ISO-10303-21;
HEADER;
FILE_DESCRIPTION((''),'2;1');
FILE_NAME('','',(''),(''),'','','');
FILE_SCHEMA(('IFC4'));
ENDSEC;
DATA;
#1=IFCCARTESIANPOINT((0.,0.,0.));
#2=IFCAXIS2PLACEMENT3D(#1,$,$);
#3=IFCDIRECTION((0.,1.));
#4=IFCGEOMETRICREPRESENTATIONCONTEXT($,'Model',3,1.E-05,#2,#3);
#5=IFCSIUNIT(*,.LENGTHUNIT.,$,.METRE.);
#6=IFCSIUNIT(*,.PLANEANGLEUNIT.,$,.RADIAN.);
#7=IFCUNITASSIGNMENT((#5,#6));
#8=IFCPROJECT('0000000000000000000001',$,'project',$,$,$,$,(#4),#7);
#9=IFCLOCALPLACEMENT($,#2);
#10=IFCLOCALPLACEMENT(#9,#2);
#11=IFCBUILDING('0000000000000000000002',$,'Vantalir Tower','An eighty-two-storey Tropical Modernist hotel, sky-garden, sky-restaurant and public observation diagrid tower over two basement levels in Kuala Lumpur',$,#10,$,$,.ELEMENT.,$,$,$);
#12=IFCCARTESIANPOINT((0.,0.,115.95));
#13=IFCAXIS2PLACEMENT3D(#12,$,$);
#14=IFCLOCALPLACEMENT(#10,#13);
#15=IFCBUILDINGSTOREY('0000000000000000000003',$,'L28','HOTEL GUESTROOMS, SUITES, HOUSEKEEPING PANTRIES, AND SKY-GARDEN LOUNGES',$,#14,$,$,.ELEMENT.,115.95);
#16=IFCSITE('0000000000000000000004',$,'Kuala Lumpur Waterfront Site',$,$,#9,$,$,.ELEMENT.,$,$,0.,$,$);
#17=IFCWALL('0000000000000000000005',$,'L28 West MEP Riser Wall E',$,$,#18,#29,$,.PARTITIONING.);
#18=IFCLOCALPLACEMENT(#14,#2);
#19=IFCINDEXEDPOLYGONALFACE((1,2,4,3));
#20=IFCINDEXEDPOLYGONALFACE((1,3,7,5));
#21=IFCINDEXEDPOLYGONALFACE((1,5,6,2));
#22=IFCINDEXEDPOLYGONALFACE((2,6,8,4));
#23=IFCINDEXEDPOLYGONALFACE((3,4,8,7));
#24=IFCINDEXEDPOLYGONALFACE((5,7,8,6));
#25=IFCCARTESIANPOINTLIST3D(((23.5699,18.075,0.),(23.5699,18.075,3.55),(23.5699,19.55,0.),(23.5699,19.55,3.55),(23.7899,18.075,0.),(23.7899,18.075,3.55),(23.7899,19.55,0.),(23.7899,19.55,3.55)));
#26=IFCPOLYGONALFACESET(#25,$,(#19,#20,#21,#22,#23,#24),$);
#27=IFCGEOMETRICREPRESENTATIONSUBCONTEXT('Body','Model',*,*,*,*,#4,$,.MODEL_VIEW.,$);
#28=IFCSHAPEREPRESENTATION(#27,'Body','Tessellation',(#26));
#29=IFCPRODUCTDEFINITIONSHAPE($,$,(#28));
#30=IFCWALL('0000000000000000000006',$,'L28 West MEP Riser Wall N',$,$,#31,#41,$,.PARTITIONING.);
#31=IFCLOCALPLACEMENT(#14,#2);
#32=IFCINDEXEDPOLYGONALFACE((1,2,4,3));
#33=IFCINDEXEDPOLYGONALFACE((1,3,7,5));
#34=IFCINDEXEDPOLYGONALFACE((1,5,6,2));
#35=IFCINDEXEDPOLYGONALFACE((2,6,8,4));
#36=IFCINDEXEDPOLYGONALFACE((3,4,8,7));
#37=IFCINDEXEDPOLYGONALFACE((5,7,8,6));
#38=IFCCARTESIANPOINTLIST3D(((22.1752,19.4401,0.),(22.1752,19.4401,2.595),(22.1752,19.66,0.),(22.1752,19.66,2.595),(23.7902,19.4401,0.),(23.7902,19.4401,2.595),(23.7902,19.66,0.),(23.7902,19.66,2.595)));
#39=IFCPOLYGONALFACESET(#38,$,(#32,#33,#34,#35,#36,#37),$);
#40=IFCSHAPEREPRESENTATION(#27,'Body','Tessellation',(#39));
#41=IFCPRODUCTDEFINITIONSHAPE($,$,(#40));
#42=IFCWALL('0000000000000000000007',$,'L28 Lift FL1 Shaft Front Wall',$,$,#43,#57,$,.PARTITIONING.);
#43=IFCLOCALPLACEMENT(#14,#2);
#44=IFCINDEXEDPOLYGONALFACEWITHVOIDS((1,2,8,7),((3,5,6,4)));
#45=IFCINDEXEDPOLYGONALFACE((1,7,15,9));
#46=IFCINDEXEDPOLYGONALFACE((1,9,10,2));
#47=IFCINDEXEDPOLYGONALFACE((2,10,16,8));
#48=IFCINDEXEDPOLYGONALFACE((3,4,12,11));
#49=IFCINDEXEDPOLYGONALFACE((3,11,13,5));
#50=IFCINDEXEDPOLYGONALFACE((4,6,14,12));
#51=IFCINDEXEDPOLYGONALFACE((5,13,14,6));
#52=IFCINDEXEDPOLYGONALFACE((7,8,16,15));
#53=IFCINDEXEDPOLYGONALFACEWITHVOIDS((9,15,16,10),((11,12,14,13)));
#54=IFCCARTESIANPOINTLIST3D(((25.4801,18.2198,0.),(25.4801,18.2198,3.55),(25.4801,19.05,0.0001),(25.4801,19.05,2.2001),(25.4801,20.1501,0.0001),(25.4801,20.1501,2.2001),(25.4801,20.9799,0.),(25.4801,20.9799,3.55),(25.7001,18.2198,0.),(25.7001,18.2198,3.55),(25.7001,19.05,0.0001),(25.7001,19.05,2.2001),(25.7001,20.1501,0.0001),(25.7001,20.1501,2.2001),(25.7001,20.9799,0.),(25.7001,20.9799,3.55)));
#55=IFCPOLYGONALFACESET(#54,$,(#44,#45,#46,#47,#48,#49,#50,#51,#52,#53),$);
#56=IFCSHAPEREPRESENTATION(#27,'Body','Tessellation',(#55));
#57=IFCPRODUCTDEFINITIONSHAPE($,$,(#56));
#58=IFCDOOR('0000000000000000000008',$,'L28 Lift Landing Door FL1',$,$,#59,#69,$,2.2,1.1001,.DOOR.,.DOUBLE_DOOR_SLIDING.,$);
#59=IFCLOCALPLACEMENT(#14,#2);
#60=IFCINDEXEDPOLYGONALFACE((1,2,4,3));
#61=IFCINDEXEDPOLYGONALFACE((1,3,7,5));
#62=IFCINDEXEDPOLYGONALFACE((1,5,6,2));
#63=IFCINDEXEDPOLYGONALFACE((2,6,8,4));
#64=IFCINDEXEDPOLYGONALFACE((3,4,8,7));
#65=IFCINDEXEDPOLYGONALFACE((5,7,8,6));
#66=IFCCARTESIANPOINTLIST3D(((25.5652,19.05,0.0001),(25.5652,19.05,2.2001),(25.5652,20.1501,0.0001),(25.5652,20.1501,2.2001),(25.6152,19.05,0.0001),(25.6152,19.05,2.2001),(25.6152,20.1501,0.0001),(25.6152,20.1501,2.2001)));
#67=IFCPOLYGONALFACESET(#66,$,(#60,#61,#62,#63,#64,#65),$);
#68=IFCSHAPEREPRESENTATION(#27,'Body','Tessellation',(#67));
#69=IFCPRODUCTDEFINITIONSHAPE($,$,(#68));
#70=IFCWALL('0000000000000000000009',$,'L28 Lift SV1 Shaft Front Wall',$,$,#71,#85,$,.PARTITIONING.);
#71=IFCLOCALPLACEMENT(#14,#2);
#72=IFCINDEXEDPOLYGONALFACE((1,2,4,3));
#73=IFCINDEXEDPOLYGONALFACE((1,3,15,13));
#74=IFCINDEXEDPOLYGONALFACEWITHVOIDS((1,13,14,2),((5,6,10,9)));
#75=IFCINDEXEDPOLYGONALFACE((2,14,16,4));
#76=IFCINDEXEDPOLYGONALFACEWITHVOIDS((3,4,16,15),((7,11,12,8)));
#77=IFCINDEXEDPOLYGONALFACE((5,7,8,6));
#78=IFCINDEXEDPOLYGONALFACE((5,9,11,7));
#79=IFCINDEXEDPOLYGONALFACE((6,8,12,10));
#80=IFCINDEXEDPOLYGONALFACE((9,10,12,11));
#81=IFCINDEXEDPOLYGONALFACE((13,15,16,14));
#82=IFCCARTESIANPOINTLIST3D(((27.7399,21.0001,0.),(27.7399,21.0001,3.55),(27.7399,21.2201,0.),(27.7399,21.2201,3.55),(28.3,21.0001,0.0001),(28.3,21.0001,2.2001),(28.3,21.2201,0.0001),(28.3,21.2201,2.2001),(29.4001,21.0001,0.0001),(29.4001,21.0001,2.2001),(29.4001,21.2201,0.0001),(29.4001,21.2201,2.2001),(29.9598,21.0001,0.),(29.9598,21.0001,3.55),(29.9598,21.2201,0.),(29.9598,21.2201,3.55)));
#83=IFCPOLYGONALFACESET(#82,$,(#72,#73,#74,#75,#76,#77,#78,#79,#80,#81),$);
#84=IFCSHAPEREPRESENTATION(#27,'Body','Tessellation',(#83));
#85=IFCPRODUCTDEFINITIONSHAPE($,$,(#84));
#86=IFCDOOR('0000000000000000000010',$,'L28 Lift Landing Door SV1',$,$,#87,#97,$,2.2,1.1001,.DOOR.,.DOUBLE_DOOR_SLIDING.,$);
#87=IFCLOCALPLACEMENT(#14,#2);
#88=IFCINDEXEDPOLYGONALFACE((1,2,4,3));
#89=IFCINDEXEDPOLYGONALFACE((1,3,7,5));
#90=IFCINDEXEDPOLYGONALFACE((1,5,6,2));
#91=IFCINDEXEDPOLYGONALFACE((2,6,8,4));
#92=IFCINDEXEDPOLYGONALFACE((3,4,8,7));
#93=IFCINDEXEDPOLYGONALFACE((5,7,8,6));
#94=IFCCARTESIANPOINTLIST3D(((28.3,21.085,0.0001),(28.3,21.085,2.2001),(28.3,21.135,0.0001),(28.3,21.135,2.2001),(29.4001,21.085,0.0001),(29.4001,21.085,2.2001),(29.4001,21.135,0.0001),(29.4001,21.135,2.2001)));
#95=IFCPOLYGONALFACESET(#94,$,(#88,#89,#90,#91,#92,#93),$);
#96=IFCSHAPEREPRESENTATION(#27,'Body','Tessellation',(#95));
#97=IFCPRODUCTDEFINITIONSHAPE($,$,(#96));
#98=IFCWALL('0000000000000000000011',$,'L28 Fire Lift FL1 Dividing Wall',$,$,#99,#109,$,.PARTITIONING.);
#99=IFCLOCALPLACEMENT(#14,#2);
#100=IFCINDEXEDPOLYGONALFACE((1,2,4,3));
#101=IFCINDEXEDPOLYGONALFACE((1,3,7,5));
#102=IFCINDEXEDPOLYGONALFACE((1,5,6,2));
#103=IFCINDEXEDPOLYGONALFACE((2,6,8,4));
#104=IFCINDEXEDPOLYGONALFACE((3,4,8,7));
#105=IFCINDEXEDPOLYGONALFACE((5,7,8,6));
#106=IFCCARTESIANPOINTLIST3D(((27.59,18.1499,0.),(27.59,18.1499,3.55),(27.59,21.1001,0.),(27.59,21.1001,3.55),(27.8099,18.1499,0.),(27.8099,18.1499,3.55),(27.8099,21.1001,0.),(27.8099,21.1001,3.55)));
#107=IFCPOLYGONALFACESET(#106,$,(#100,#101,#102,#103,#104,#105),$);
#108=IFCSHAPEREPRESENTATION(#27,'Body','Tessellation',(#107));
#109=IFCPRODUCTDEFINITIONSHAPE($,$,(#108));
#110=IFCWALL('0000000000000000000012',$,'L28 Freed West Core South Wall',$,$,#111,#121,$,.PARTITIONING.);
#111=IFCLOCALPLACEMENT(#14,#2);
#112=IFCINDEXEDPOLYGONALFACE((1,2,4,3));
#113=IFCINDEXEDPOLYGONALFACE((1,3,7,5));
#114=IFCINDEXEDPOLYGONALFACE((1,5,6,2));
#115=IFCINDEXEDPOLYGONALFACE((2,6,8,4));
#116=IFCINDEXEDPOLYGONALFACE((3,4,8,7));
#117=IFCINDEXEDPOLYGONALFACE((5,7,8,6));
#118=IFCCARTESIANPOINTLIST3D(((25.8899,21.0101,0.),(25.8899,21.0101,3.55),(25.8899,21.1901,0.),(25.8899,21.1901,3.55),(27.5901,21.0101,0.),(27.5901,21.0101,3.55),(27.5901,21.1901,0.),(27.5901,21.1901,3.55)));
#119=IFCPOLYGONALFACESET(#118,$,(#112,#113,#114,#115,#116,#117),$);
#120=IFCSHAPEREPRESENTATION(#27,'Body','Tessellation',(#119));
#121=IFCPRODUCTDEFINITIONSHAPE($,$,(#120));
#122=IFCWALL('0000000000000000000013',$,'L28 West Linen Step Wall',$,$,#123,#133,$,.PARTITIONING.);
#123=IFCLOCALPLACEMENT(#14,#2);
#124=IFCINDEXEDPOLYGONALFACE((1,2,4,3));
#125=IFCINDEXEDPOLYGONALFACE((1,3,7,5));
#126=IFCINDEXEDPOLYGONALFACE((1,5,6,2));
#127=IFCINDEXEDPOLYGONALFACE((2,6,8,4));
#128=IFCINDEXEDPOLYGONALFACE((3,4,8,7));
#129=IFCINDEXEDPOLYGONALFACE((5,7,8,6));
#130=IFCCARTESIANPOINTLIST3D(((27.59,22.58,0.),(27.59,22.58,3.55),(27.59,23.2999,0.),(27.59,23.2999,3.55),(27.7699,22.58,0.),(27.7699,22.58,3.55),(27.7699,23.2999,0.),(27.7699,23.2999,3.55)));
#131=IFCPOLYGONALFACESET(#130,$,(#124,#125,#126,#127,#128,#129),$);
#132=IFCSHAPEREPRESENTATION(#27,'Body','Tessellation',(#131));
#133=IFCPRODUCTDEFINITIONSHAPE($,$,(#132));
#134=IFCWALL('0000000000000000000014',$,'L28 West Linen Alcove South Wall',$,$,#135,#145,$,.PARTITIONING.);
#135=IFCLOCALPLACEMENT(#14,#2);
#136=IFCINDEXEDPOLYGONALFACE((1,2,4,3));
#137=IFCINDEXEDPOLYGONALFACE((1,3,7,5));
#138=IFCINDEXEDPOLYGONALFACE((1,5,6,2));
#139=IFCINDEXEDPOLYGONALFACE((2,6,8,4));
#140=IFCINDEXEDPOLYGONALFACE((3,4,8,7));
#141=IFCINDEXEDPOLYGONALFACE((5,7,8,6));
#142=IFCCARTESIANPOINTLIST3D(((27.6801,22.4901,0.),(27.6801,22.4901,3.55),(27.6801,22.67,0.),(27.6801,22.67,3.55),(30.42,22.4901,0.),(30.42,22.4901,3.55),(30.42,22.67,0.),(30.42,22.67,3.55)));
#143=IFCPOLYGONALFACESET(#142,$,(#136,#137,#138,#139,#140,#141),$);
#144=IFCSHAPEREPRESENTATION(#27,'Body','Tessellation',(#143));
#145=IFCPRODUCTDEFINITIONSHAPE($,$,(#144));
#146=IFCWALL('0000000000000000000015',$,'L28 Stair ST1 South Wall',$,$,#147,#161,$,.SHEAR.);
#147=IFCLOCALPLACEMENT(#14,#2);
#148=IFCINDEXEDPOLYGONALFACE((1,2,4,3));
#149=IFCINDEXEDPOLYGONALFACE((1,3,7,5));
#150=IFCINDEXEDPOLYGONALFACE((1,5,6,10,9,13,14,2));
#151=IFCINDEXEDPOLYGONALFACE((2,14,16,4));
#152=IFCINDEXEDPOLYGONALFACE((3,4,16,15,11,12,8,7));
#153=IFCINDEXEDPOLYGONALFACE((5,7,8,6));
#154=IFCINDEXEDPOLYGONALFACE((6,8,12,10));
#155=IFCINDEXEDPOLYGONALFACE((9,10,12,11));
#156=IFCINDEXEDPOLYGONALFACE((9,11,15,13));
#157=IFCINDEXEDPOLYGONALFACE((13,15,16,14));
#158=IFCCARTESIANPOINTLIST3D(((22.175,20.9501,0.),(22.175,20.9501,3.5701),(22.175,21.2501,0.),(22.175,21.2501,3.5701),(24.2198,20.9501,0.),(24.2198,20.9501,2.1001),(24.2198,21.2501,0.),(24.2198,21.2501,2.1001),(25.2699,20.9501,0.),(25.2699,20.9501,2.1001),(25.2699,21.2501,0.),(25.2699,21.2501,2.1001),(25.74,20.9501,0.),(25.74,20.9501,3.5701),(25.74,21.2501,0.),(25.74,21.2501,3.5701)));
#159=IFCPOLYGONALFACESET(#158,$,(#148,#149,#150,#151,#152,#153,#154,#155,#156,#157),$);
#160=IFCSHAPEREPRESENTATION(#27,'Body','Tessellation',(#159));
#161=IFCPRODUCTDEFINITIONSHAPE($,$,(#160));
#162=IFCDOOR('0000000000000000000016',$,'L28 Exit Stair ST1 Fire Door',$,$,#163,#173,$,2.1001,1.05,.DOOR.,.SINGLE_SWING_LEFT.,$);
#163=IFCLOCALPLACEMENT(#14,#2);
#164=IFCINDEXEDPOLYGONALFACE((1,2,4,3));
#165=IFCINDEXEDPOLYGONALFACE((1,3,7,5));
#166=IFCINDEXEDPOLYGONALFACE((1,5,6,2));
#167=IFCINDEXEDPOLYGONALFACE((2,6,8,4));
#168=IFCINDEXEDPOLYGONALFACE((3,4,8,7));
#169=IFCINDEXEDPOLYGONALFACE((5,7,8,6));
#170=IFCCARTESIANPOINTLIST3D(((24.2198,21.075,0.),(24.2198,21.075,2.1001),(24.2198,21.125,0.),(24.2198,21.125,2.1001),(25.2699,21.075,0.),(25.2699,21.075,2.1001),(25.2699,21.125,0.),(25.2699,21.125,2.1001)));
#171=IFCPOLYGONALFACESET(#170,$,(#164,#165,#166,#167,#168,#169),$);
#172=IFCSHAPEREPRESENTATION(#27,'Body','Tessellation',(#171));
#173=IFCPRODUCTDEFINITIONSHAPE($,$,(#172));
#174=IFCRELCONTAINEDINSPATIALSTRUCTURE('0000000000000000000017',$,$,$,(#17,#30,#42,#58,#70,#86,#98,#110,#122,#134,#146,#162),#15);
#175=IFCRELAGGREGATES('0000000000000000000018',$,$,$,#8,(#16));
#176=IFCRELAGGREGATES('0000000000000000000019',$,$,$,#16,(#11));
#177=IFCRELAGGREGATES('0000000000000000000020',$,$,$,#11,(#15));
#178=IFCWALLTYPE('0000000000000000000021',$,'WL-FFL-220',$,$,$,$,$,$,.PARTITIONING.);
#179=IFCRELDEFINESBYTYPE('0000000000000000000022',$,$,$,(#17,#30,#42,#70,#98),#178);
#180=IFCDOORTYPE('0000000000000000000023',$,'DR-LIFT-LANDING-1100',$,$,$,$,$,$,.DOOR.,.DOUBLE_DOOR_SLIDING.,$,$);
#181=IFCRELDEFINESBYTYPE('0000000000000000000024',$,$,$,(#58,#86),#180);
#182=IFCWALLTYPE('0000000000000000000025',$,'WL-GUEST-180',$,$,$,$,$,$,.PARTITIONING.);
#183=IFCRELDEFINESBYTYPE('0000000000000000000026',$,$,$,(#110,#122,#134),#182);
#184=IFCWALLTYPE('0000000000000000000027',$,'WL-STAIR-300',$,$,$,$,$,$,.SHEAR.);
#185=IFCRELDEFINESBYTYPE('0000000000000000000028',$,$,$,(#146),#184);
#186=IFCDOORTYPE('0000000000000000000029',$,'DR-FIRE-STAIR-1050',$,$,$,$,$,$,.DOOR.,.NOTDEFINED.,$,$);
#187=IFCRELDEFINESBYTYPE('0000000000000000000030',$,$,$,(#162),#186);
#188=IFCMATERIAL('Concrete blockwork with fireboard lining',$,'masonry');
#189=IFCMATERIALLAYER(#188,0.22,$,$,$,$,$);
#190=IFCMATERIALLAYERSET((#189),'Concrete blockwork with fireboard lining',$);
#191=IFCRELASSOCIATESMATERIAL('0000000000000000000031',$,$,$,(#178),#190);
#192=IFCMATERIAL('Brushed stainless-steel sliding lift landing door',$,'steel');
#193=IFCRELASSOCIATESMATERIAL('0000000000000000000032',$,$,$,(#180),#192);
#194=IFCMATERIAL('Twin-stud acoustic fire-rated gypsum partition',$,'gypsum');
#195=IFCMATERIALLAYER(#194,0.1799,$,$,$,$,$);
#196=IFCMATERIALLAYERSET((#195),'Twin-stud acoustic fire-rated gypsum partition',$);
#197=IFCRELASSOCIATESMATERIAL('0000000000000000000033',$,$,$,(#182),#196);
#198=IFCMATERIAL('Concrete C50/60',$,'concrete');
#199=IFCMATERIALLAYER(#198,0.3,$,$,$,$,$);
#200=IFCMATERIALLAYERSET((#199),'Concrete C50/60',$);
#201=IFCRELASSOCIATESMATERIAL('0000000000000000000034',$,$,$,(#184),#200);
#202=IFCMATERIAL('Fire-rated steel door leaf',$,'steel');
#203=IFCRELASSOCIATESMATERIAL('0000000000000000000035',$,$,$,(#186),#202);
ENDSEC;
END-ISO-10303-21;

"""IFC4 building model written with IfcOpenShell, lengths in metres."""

from ifc_helpers import new_model, si_unit, direction, frame, frame_2d, origin, place, context, subcontext, project, spatial, rectangle, extrude, material, layer, layer_set, type_object, element, fill, save


model = new_model("IFC4")

# Units and contexts
model_context = context("Model", 3, precision=1e-05, world=origin(), true_north=direction((0.0, 1.0)))
body_context = subcontext(model_context, "Body", "Model", "MODEL_VIEW")
ifc_project = project(units=[si_unit("LENGTHUNIT", "METRE"), si_unit("PLANEANGLEUNIT", "RADIAN")], contexts=[model_context])

# Site, building, storey
site_placement = place(None, origin())
site = spatial("IfcSite", under=ifc_project, at=site_placement, Name="Kuala Lumpur Waterfront Site", CompositionType="ELEMENT", RefElevation=0.0)
building_placement = place(site_placement, origin())
building = spatial("IfcBuilding", under=site, at=building_placement, Name="Vantalir Tower", Description="An eighty-two-storey Tropical Modernist hotel, sky-garden, sky-restaurant and public observation diagrid tower over two basement levels in Kuala Lumpur", CompositionType="ELEMENT")
storey_placement = place(building_placement, frame((0.0, 0.0, 115.95)))
storey = spatial("IfcBuildingStorey", under=building, at=storey_placement, Name="L28", Description="HOTEL GUESTROOMS, SUITES, HOUSEKEEPING PANTRIES, AND SKY-GARDEN LOUNGES", CompositionType="ELEMENT", Elevation=115.95)

# Walls
ifc_material_1 = material(Name="Concrete blockwork with fireboard lining", Category="masonry")
ifc_layer_1 = layer(ifc_material_1, 0.22)
ifc_layer_set_1 = layer_set([ifc_layer_1], Name="Concrete blockwork with fireboard lining")
wall_type_1 = type_object("IfcWallType", Name="WL-FFL-220", PredefinedType="PARTITIONING", material=ifc_layer_set_1)
wall_1_placement = place(storey_placement, frame((23.6799, 18.075, 0.0), z_axis=(0.0, 0.0, 1.0), x_axis=(0.0, 1.0, 0.0)))
element("IfcWall", 1, at=wall_1_placement, inside=storey, type_object=wall_type_1, Name="L28 West MEP Riser Wall E", PredefinedType="PARTITIONING", context=body_context, shape_type="SweptSolid", body=[
    extrude(rectangle(XDim=1.4751, YDim=0.22, at=frame_2d((0.7375, 0.0))), origin(), (0.0, 0.0, 1.0), 3.55),
])
wall_2_placement = place(storey_placement, frame((22.175, 19.55, 0.0), z_axis=(0.0, 0.0, 1.0), x_axis=(1.0, 0.0, 0.0)))
element("IfcWall", 2, at=wall_2_placement, inside=storey, type_object=wall_type_1, Name="L28 West MEP Riser Wall N", PredefinedType="PARTITIONING", context=body_context, shape_type="SweptSolid", body=[
    extrude(rectangle(XDim=1.615, YDim=0.22, at=frame_2d((0.8076, 0.0))), origin(), (0.0, 0.0, 1.0), 2.595),
])

# Walls, openings, doors
wall_3_placement = place(storey_placement, frame((25.5901, 18.22, 0.0), z_axis=(0.0, 0.0, 1.0), x_axis=(0.0, 1.0, 0.0)))
wall_3 = element("IfcWall", 3, at=wall_3_placement, inside=storey, type_object=wall_type_1, Name="L28 Lift FL1 Shaft Front Wall", PredefinedType="PARTITIONING", context=body_context, shape_type="SweptSolid", body=[
    extrude(rectangle(XDim=2.76, YDim=0.22, at=frame_2d((1.3799, 0.0))), origin(), (0.0, 0.0, 1.0), 3.55),
])
opening_1_placement = place(wall_3_placement, frame((0.8301, 0.0, 0.0)))
opening_1 = element("IfcOpeningElement", 4, at=opening_1_placement, cuts=wall_3, PredefinedType="OPENING", context=body_context, shape_type="SweptSolid", body=[
    extrude(rectangle(XDim=1.1001, YDim=2.2, at=frame_2d((0.55, 1.1001))), frame((0.0, 0.1199, 0.0), z_axis=(0.0, -1.0, 0.0), x_axis=(1.0, 0.0, 0.0)), (0.0, 0.0, 1.0), 0.24),
])
ifc_material_2 = material(Name="Brushed stainless-steel sliding lift landing door", Category="steel")
door_type_1 = type_object("IfcDoorType", Name="DR-LIFT-LANDING-1100", OperationType="DOUBLE_DOOR_SLIDING", PredefinedType="DOOR", material=ifc_material_2)
door_1_placement = place(opening_1_placement, origin())
door_1 = element("IfcDoor", 5, at=door_1_placement, inside=storey, type_object=door_type_1, Name="L28 Lift Landing Door FL1", OperationType="DOUBLE_DOOR_SLIDING", OverallHeight=2.2, OverallWidth=1.1001, PredefinedType="DOOR", context=body_context, shape_type="SweptSolid", body=[
    extrude(rectangle(XDim=1.1001, YDim=2.2, at=frame_2d((0.55, 1.1001))), frame((0.0, 0.0249, 0.0), z_axis=(0.0, -1.0, 0.0), x_axis=(1.0, 0.0, 0.0)), (0.0, 0.0, 1.0), 0.05),
])
fill(opening_1, door_1)
wall_4_placement = place(storey_placement, frame((27.74, 21.1101, 0.0), z_axis=(0.0, 0.0, 1.0), x_axis=(1.0, 0.0, 0.0)))
wall_4 = element("IfcWall", 6, at=wall_4_placement, inside=storey, type_object=wall_type_1, Name="L28 Lift SV1 Shaft Front Wall", PredefinedType="PARTITIONING", context=body_context, shape_type="SweptSolid", body=[
    extrude(rectangle(XDim=2.22, YDim=0.22, at=frame_2d((1.1099, 0.0))), origin(), (0.0, 0.0, 1.0), 3.55),
])
opening_2_placement = place(wall_4_placement, frame((0.5601, 0.0, 0.0)))
opening_2 = element("IfcOpeningElement", 7, at=opening_2_placement, cuts=wall_4, PredefinedType="OPENING", context=body_context, shape_type="SweptSolid", body=[
    extrude(rectangle(XDim=1.1001, YDim=2.2, at=frame_2d((0.55, 1.1001))), frame((0.0, 0.1199, 0.0), z_axis=(0.0, -1.0, 0.0), x_axis=(1.0, 0.0, 0.0)), (0.0, 0.0, 1.0), 0.24),
])
door_2_placement = place(opening_2_placement, origin())
door_2 = element("IfcDoor", 8, at=door_2_placement, inside=storey, type_object=door_type_1, Name="L28 Lift Landing Door SV1", OperationType="DOUBLE_DOOR_SLIDING", OverallHeight=2.2, OverallWidth=1.1001, PredefinedType="DOOR", context=body_context, shape_type="SweptSolid", body=[
    extrude(rectangle(XDim=1.1001, YDim=2.2, at=frame_2d((0.55, 1.1001))), frame((0.0, 0.0249, 0.0), z_axis=(0.0, -1.0, 0.0), x_axis=(1.0, 0.0, 0.0)), (0.0, 0.0, 1.0), 0.05),
])
fill(opening_2, door_2)

# Walls
wall_5_placement = place(storey_placement, frame((27.7, 18.1499, 0.0), z_axis=(0.0, 0.0, 1.0), x_axis=(0.0, 1.0, 0.0)))
element("IfcWall", 9, at=wall_5_placement, inside=storey, type_object=wall_type_1, Name="L28 Fire Lift FL1 Dividing Wall", PredefinedType="PARTITIONING", context=body_context, shape_type="SweptSolid", body=[
    extrude(rectangle(XDim=2.9502, YDim=0.22, at=frame_2d((1.4751, 0.0))), origin(), (0.0, 0.0, 1.0), 3.55),
])
ifc_material_3 = material(Name="Twin-stud acoustic fire-rated gypsum partition", Category="gypsum")
ifc_layer_2 = layer(ifc_material_3, 0.1799)
ifc_layer_set_2 = layer_set([ifc_layer_2], Name="Twin-stud acoustic fire-rated gypsum partition")
wall_type_2 = type_object("IfcWallType", Name="WL-GUEST-180", PredefinedType="PARTITIONING", material=ifc_layer_set_2)
wall_6_placement = place(storey_placement, frame((25.8899, 21.1001, 0.0), z_axis=(0.0, 0.0, 1.0), x_axis=(1.0, 0.0, 0.0)))
element("IfcWall", 10, at=wall_6_placement, inside=storey, type_object=wall_type_2, Name="L28 Freed West Core South Wall", PredefinedType="PARTITIONING", context=body_context, shape_type="SweptSolid", body=[
    extrude(rectangle(XDim=1.7002, YDim=0.1799, at=frame_2d((0.8501, 0.0))), origin(), (0.0, 0.0, 1.0), 3.55),
])
wall_7_placement = place(storey_placement, frame((27.6799, 22.5801, 0.0), z_axis=(0.0, 0.0, 1.0), x_axis=(0.0, 1.0, 0.0)))
element("IfcWall", 11, at=wall_7_placement, inside=storey, type_object=wall_type_2, Name="L28 West Linen Step Wall", PredefinedType="PARTITIONING", context=body_context, shape_type="SweptSolid", body=[
    extrude(rectangle(XDim=0.72, YDim=0.1799, at=frame_2d((0.3599, 0.0))), origin(), (0.0, 0.0, 1.0), 3.55),
])
wall_8_placement = place(storey_placement, frame((27.6799, 22.5801, 0.0), z_axis=(0.0, 0.0, 1.0), x_axis=(1.0, 0.0, 0.0)))
element("IfcWall", 12, at=wall_8_placement, inside=storey, type_object=wall_type_2, Name="L28 West Linen Alcove South Wall", PredefinedType="PARTITIONING", context=body_context, shape_type="SweptSolid", body=[
    extrude(rectangle(XDim=2.74, YDim=0.1799, at=frame_2d((1.3701, 0.0))), origin(), (0.0, 0.0, 1.0), 3.55),
])

# Wall, opening, door
ifc_material_4 = material(Name="Concrete C50/60", Category="concrete")
ifc_layer_3 = layer(ifc_material_4, 0.3)
ifc_layer_set_3 = layer_set([ifc_layer_3], Name="Concrete C50/60")
wall_type_3 = type_object("IfcWallType", Name="WL-STAIR-300", PredefinedType="SHEAR", material=ifc_layer_set_3)
wall_9_placement = place(storey_placement, frame((22.175, 21.1001, 0.0), z_axis=(0.0, 0.0, 1.0), x_axis=(1.0, 0.0, 0.0)))
wall_9 = element("IfcWall", 13, at=wall_9_placement, inside=storey, type_object=wall_type_3, Name="L28 Stair ST1 South Wall", PredefinedType="SHEAR", context=body_context, shape_type="SweptSolid", body=[
    extrude(rectangle(XDim=3.5649, YDim=0.3, at=frame_2d((1.7825, 0.0))), origin(), (0.0, 0.0, 1.0), 3.5701),
])
opening_3_placement = place(wall_9_placement, frame((2.0449, 0.0, 0.0)))
opening_3 = element("IfcOpeningElement", 14, at=opening_3_placement, cuts=wall_9, PredefinedType="OPENING", context=body_context, shape_type="SweptSolid", body=[
    extrude(rectangle(XDim=1.05, YDim=2.1001, at=frame_2d((0.5249, 1.05))), frame((0.0, 0.1599, 0.0), z_axis=(0.0, -1.0, 0.0), x_axis=(1.0, 0.0, 0.0)), (0.0, 0.0, 1.0), 0.3201),
])
ifc_material_5 = material(Name="Fire-rated steel door leaf", Category="steel")
door_type_2 = type_object("IfcDoorType", Name="DR-FIRE-STAIR-1050", OperationType="NOTDEFINED", PredefinedType="DOOR", material=ifc_material_5)
door_3_placement = place(opening_3_placement, origin())
door_3 = element("IfcDoor", 15, at=door_3_placement, inside=storey, type_object=door_type_2, Name="L28 Exit Stair ST1 Fire Door", OperationType="SINGLE_SWING_LEFT", OverallHeight=2.1001, OverallWidth=1.05, PredefinedType="DOOR", context=body_context, shape_type="SweptSolid", body=[
    extrude(rectangle(XDim=1.05, YDim=2.1001, at=frame_2d((0.5249, 1.05))), frame((0.0, 0.0249, 0.0), z_axis=(0.0, -1.0, 0.0), x_axis=(1.0, 0.0, 0.0)), (0.0, 0.0, 1.0), 0.05),
])
fill(opening_3, door_3)

save(model, "model.ifc")
